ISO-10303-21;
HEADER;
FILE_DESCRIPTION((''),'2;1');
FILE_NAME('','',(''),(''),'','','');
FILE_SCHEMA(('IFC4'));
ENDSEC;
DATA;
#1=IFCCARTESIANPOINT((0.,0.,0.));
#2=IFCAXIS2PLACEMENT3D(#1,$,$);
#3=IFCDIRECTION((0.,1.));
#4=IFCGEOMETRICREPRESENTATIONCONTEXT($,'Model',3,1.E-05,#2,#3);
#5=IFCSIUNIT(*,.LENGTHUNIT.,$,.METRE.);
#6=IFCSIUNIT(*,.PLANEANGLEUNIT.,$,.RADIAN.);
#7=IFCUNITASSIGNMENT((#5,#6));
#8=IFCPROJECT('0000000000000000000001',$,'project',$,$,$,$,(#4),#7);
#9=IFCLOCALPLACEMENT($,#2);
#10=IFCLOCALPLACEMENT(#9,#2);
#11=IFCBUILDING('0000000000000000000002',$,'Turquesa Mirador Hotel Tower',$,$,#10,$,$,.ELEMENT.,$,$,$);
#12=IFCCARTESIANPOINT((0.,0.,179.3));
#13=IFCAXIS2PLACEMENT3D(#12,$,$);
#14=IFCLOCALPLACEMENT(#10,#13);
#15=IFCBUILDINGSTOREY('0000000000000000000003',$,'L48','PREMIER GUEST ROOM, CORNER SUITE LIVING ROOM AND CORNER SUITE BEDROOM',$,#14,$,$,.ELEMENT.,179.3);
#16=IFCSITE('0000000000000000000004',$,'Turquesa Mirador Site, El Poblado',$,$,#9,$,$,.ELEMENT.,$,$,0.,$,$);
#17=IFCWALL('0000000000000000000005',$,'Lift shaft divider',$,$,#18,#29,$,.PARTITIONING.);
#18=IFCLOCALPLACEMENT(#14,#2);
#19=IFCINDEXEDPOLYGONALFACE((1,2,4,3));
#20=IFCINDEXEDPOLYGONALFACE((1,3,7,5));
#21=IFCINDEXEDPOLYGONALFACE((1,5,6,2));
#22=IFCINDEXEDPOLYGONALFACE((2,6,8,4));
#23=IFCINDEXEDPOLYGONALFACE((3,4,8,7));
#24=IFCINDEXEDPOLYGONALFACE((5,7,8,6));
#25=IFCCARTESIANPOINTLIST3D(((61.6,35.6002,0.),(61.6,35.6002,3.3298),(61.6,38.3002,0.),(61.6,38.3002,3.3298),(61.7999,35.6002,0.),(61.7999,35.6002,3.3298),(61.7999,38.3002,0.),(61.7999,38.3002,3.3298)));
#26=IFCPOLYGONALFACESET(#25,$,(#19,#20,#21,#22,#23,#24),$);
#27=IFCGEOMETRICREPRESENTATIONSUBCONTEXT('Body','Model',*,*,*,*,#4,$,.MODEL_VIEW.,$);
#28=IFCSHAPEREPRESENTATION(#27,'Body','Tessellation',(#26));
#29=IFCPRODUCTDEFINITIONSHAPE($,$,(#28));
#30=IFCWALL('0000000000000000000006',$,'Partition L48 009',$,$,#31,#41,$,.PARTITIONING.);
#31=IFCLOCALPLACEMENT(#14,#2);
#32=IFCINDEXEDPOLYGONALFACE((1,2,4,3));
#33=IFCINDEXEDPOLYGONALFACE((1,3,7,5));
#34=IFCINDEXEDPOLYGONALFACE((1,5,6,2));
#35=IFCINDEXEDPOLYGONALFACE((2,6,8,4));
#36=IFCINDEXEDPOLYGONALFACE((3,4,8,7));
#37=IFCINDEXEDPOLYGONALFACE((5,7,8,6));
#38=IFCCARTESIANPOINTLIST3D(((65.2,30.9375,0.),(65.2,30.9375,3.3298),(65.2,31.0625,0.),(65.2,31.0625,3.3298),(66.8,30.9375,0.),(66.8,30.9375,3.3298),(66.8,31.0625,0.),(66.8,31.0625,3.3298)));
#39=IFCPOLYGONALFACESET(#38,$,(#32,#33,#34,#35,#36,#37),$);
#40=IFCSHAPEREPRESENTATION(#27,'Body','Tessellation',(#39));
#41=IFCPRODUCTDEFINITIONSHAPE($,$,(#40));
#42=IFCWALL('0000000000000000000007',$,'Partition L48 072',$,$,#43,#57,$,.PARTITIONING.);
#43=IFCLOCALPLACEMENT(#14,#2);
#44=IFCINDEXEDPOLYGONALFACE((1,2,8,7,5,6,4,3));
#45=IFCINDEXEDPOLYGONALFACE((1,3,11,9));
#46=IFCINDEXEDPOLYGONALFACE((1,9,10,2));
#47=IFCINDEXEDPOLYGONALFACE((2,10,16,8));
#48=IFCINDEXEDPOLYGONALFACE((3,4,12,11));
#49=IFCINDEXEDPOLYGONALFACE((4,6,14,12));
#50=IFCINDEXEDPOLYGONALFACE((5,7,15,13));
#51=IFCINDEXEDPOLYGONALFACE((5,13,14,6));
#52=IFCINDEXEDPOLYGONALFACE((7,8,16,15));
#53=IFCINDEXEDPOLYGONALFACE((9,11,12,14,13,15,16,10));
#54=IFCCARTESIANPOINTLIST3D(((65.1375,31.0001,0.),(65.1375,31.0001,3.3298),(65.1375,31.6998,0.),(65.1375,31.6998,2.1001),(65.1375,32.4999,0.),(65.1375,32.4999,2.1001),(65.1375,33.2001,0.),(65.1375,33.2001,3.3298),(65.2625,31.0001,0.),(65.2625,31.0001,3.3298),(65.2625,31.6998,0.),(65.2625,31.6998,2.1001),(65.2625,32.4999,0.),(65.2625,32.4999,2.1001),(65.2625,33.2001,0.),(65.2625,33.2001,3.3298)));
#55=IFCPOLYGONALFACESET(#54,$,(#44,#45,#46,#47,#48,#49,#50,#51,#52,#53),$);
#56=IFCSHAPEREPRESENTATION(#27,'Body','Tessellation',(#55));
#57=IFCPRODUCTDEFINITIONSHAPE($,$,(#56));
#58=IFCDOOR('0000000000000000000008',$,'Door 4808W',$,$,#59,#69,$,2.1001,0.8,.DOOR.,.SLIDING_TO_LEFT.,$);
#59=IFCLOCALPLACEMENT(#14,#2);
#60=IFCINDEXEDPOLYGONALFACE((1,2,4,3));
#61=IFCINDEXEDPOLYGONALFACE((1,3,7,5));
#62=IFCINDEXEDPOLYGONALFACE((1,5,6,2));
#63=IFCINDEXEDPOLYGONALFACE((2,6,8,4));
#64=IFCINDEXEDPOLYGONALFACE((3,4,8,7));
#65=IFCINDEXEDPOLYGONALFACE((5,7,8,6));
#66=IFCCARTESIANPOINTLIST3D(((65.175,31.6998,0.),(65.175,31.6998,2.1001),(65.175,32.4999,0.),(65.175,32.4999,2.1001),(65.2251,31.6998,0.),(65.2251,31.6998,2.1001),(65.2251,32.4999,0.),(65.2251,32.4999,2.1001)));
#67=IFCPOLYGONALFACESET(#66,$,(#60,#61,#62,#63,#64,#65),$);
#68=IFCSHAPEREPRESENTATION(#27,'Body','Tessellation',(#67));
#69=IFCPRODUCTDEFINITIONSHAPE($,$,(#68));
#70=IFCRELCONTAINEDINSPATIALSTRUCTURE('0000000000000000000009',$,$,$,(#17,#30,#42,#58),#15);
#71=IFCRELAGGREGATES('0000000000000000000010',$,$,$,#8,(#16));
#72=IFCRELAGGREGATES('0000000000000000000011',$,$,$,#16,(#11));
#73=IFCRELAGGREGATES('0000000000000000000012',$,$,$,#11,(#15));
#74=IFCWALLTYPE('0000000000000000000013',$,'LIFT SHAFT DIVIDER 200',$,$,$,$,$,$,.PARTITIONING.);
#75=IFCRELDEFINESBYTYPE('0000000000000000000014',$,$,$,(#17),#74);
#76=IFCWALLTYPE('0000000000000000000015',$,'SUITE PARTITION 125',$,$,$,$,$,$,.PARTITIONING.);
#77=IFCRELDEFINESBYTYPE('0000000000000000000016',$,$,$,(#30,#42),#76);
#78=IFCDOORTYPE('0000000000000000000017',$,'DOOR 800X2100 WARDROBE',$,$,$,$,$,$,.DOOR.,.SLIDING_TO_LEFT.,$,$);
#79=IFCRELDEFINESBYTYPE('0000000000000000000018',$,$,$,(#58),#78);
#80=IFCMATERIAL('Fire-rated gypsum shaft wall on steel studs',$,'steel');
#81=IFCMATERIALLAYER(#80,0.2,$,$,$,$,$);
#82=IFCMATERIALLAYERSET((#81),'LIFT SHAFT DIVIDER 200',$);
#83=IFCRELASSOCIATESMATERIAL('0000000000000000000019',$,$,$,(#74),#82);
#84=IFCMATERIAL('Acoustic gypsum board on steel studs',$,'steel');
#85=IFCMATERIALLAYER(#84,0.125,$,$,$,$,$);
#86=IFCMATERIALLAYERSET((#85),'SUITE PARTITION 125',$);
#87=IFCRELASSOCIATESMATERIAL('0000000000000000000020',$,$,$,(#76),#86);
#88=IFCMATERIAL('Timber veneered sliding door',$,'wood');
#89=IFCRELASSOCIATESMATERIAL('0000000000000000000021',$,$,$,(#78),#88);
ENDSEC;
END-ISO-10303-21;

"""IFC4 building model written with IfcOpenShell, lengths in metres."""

from ifc_helpers import new_model, si_unit, direction, frame, frame_2d, origin, place, context, subcontext, project, spatial, rectangle, extrude, material, layer, layer_set, type_object, element, fill, save


model = new_model("IFC4")

# Units and contexts
model_context = context("Model", 3, precision=1e-05, world=origin(), true_north=direction((0.0, 1.0)))
body_context = subcontext(model_context, "Body", "Model", "MODEL_VIEW")
ifc_project = project(units=[si_unit("LENGTHUNIT", "METRE"), si_unit("PLANEANGLEUNIT", "RADIAN")], contexts=[model_context])

# Site, building, storey
site_placement = place(None, origin())
site = spatial("IfcSite", under=ifc_project, at=site_placement, Name="Turquesa Mirador Site, El Poblado", CompositionType="ELEMENT", RefElevation=0.0)
building_placement = place(site_placement, origin())
building = spatial("IfcBuilding", under=site, at=building_placement, Name="Turquesa Mirador Hotel Tower", CompositionType="ELEMENT")
storey_placement = place(building_placement, frame((0.0, 0.0, 179.3)))
storey = spatial("IfcBuildingStorey", under=building, at=storey_placement, Name="L48", Description="PREMIER GUEST ROOM, CORNER SUITE LIVING ROOM AND CORNER SUITE BEDROOM", CompositionType="ELEMENT", Elevation=179.3)

# Walls
ifc_material_1 = material(Name="Fire-rated gypsum shaft wall on steel studs", Category="steel")
ifc_layer_1 = layer(ifc_material_1, 0.2)
ifc_layer_set_1 = layer_set([ifc_layer_1], Name="LIFT SHAFT DIVIDER 200")
wall_type_1 = type_object("IfcWallType", Name="LIFT SHAFT DIVIDER 200", PredefinedType="PARTITIONING", material=ifc_layer_set_1)
for number, where, z_axis, x_axis, name in (
    (1, (61.7, 35.6001, 0.0), (0.0, 0.0, 1.0), (0.0, 1.0, 0.0), "Lift shaft divider"),
):
    element("IfcWall", number, at=place(storey_placement, frame(where, z_axis=z_axis, x_axis=x_axis)), inside=storey, type_object=wall_type_1, Name=name, PredefinedType="PARTITIONING", context=body_context, shape_type="SweptSolid", body=[
        extrude(rectangle(XDim=2.7, YDim=0.2, at=frame_2d((1.3501, 0.0))), origin(), (0.0, 0.0, 1.0), 3.3298),
    ])
ifc_material_2 = material(Name="Acoustic gypsum board on steel studs", Category="steel")
ifc_layer_2 = layer(ifc_material_2, 0.125)
ifc_layer_set_2 = layer_set([ifc_layer_2], Name="SUITE PARTITION 125")
wall_type_2 = type_object("IfcWallType", Name="SUITE PARTITION 125", PredefinedType="PARTITIONING", material=ifc_layer_set_2)
wall_1_placement = place(storey_placement, frame((65.2, 31.0, 0.0), z_axis=(0.0, 0.0, 1.0), x_axis=(1.0, 0.0, 0.0)))
element("IfcWall", 2, at=wall_1_placement, inside=storey, type_object=wall_type_2, Name="Partition L48 009", PredefinedType="PARTITIONING", context=body_context, shape_type="SweptSolid", body=[
    extrude(rectangle(XDim=1.6001, YDim=0.125, at=frame_2d((0.8, 0.0))), origin(), (0.0, 0.0, 1.0), 3.3298),
])

# Wall, opening, door
wall_2_placement = place(storey_placement, frame((65.2, 31.0, 0.0), z_axis=(0.0, 0.0, 1.0), x_axis=(0.0, 1.0, 0.0)))
wall_2 = element("IfcWall", 3, at=wall_2_placement, inside=storey, type_object=wall_type_2, Name="Partition L48 072", PredefinedType="PARTITIONING", context=body_context, shape_type="SweptSolid", body=[
    extrude(rectangle(XDim=2.2, YDim=0.125, at=frame_2d((1.1001, 0.0))), origin(), (0.0, 0.0, 1.0), 3.3298),
])
opening_1_placement = place(wall_2_placement, frame((0.7, 0.0, 0.0)))
opening_1 = element("IfcOpeningElement", 4, at=opening_1_placement, cuts=wall_2, PredefinedType="OPENING", context=body_context, shape_type="SweptSolid", body=[
    extrude(rectangle(XDim=0.8, YDim=2.1001, at=frame_2d((0.3999, 1.05))), frame((0.0, 0.0725, 0.0), z_axis=(0.0, -1.0, 0.0), x_axis=(1.0, 0.0, 0.0)), (0.0, 0.0, 1.0), 0.145),
])
ifc_material_3 = material(Name="Timber veneered sliding door", Category="wood")
door_type_1 = type_object("IfcDoorType", Name="DOOR 800X2100 WARDROBE", OperationType="SLIDING_TO_LEFT", PredefinedType="DOOR", material=ifc_material_3)
door_1_placement = place(opening_1_placement, origin())
door_1 = element("IfcDoor", 5, at=door_1_placement, inside=storey, type_object=door_type_1, Name="Door 4808W", OperationType="SLIDING_TO_LEFT", OverallHeight=2.1001, OverallWidth=0.8, PredefinedType="DOOR", context=body_context, shape_type="SweptSolid", body=[
    extrude(rectangle(XDim=0.8, YDim=2.1001, at=frame_2d((0.3999, 1.05))), frame((0.0, 0.0249, 0.0), z_axis=(0.0, -1.0, 0.0), x_axis=(1.0, 0.0, 0.0)), (0.0, 0.0, 1.0), 0.05),
])
fill(opening_1, door_1)

save(model, "model.ifc")
